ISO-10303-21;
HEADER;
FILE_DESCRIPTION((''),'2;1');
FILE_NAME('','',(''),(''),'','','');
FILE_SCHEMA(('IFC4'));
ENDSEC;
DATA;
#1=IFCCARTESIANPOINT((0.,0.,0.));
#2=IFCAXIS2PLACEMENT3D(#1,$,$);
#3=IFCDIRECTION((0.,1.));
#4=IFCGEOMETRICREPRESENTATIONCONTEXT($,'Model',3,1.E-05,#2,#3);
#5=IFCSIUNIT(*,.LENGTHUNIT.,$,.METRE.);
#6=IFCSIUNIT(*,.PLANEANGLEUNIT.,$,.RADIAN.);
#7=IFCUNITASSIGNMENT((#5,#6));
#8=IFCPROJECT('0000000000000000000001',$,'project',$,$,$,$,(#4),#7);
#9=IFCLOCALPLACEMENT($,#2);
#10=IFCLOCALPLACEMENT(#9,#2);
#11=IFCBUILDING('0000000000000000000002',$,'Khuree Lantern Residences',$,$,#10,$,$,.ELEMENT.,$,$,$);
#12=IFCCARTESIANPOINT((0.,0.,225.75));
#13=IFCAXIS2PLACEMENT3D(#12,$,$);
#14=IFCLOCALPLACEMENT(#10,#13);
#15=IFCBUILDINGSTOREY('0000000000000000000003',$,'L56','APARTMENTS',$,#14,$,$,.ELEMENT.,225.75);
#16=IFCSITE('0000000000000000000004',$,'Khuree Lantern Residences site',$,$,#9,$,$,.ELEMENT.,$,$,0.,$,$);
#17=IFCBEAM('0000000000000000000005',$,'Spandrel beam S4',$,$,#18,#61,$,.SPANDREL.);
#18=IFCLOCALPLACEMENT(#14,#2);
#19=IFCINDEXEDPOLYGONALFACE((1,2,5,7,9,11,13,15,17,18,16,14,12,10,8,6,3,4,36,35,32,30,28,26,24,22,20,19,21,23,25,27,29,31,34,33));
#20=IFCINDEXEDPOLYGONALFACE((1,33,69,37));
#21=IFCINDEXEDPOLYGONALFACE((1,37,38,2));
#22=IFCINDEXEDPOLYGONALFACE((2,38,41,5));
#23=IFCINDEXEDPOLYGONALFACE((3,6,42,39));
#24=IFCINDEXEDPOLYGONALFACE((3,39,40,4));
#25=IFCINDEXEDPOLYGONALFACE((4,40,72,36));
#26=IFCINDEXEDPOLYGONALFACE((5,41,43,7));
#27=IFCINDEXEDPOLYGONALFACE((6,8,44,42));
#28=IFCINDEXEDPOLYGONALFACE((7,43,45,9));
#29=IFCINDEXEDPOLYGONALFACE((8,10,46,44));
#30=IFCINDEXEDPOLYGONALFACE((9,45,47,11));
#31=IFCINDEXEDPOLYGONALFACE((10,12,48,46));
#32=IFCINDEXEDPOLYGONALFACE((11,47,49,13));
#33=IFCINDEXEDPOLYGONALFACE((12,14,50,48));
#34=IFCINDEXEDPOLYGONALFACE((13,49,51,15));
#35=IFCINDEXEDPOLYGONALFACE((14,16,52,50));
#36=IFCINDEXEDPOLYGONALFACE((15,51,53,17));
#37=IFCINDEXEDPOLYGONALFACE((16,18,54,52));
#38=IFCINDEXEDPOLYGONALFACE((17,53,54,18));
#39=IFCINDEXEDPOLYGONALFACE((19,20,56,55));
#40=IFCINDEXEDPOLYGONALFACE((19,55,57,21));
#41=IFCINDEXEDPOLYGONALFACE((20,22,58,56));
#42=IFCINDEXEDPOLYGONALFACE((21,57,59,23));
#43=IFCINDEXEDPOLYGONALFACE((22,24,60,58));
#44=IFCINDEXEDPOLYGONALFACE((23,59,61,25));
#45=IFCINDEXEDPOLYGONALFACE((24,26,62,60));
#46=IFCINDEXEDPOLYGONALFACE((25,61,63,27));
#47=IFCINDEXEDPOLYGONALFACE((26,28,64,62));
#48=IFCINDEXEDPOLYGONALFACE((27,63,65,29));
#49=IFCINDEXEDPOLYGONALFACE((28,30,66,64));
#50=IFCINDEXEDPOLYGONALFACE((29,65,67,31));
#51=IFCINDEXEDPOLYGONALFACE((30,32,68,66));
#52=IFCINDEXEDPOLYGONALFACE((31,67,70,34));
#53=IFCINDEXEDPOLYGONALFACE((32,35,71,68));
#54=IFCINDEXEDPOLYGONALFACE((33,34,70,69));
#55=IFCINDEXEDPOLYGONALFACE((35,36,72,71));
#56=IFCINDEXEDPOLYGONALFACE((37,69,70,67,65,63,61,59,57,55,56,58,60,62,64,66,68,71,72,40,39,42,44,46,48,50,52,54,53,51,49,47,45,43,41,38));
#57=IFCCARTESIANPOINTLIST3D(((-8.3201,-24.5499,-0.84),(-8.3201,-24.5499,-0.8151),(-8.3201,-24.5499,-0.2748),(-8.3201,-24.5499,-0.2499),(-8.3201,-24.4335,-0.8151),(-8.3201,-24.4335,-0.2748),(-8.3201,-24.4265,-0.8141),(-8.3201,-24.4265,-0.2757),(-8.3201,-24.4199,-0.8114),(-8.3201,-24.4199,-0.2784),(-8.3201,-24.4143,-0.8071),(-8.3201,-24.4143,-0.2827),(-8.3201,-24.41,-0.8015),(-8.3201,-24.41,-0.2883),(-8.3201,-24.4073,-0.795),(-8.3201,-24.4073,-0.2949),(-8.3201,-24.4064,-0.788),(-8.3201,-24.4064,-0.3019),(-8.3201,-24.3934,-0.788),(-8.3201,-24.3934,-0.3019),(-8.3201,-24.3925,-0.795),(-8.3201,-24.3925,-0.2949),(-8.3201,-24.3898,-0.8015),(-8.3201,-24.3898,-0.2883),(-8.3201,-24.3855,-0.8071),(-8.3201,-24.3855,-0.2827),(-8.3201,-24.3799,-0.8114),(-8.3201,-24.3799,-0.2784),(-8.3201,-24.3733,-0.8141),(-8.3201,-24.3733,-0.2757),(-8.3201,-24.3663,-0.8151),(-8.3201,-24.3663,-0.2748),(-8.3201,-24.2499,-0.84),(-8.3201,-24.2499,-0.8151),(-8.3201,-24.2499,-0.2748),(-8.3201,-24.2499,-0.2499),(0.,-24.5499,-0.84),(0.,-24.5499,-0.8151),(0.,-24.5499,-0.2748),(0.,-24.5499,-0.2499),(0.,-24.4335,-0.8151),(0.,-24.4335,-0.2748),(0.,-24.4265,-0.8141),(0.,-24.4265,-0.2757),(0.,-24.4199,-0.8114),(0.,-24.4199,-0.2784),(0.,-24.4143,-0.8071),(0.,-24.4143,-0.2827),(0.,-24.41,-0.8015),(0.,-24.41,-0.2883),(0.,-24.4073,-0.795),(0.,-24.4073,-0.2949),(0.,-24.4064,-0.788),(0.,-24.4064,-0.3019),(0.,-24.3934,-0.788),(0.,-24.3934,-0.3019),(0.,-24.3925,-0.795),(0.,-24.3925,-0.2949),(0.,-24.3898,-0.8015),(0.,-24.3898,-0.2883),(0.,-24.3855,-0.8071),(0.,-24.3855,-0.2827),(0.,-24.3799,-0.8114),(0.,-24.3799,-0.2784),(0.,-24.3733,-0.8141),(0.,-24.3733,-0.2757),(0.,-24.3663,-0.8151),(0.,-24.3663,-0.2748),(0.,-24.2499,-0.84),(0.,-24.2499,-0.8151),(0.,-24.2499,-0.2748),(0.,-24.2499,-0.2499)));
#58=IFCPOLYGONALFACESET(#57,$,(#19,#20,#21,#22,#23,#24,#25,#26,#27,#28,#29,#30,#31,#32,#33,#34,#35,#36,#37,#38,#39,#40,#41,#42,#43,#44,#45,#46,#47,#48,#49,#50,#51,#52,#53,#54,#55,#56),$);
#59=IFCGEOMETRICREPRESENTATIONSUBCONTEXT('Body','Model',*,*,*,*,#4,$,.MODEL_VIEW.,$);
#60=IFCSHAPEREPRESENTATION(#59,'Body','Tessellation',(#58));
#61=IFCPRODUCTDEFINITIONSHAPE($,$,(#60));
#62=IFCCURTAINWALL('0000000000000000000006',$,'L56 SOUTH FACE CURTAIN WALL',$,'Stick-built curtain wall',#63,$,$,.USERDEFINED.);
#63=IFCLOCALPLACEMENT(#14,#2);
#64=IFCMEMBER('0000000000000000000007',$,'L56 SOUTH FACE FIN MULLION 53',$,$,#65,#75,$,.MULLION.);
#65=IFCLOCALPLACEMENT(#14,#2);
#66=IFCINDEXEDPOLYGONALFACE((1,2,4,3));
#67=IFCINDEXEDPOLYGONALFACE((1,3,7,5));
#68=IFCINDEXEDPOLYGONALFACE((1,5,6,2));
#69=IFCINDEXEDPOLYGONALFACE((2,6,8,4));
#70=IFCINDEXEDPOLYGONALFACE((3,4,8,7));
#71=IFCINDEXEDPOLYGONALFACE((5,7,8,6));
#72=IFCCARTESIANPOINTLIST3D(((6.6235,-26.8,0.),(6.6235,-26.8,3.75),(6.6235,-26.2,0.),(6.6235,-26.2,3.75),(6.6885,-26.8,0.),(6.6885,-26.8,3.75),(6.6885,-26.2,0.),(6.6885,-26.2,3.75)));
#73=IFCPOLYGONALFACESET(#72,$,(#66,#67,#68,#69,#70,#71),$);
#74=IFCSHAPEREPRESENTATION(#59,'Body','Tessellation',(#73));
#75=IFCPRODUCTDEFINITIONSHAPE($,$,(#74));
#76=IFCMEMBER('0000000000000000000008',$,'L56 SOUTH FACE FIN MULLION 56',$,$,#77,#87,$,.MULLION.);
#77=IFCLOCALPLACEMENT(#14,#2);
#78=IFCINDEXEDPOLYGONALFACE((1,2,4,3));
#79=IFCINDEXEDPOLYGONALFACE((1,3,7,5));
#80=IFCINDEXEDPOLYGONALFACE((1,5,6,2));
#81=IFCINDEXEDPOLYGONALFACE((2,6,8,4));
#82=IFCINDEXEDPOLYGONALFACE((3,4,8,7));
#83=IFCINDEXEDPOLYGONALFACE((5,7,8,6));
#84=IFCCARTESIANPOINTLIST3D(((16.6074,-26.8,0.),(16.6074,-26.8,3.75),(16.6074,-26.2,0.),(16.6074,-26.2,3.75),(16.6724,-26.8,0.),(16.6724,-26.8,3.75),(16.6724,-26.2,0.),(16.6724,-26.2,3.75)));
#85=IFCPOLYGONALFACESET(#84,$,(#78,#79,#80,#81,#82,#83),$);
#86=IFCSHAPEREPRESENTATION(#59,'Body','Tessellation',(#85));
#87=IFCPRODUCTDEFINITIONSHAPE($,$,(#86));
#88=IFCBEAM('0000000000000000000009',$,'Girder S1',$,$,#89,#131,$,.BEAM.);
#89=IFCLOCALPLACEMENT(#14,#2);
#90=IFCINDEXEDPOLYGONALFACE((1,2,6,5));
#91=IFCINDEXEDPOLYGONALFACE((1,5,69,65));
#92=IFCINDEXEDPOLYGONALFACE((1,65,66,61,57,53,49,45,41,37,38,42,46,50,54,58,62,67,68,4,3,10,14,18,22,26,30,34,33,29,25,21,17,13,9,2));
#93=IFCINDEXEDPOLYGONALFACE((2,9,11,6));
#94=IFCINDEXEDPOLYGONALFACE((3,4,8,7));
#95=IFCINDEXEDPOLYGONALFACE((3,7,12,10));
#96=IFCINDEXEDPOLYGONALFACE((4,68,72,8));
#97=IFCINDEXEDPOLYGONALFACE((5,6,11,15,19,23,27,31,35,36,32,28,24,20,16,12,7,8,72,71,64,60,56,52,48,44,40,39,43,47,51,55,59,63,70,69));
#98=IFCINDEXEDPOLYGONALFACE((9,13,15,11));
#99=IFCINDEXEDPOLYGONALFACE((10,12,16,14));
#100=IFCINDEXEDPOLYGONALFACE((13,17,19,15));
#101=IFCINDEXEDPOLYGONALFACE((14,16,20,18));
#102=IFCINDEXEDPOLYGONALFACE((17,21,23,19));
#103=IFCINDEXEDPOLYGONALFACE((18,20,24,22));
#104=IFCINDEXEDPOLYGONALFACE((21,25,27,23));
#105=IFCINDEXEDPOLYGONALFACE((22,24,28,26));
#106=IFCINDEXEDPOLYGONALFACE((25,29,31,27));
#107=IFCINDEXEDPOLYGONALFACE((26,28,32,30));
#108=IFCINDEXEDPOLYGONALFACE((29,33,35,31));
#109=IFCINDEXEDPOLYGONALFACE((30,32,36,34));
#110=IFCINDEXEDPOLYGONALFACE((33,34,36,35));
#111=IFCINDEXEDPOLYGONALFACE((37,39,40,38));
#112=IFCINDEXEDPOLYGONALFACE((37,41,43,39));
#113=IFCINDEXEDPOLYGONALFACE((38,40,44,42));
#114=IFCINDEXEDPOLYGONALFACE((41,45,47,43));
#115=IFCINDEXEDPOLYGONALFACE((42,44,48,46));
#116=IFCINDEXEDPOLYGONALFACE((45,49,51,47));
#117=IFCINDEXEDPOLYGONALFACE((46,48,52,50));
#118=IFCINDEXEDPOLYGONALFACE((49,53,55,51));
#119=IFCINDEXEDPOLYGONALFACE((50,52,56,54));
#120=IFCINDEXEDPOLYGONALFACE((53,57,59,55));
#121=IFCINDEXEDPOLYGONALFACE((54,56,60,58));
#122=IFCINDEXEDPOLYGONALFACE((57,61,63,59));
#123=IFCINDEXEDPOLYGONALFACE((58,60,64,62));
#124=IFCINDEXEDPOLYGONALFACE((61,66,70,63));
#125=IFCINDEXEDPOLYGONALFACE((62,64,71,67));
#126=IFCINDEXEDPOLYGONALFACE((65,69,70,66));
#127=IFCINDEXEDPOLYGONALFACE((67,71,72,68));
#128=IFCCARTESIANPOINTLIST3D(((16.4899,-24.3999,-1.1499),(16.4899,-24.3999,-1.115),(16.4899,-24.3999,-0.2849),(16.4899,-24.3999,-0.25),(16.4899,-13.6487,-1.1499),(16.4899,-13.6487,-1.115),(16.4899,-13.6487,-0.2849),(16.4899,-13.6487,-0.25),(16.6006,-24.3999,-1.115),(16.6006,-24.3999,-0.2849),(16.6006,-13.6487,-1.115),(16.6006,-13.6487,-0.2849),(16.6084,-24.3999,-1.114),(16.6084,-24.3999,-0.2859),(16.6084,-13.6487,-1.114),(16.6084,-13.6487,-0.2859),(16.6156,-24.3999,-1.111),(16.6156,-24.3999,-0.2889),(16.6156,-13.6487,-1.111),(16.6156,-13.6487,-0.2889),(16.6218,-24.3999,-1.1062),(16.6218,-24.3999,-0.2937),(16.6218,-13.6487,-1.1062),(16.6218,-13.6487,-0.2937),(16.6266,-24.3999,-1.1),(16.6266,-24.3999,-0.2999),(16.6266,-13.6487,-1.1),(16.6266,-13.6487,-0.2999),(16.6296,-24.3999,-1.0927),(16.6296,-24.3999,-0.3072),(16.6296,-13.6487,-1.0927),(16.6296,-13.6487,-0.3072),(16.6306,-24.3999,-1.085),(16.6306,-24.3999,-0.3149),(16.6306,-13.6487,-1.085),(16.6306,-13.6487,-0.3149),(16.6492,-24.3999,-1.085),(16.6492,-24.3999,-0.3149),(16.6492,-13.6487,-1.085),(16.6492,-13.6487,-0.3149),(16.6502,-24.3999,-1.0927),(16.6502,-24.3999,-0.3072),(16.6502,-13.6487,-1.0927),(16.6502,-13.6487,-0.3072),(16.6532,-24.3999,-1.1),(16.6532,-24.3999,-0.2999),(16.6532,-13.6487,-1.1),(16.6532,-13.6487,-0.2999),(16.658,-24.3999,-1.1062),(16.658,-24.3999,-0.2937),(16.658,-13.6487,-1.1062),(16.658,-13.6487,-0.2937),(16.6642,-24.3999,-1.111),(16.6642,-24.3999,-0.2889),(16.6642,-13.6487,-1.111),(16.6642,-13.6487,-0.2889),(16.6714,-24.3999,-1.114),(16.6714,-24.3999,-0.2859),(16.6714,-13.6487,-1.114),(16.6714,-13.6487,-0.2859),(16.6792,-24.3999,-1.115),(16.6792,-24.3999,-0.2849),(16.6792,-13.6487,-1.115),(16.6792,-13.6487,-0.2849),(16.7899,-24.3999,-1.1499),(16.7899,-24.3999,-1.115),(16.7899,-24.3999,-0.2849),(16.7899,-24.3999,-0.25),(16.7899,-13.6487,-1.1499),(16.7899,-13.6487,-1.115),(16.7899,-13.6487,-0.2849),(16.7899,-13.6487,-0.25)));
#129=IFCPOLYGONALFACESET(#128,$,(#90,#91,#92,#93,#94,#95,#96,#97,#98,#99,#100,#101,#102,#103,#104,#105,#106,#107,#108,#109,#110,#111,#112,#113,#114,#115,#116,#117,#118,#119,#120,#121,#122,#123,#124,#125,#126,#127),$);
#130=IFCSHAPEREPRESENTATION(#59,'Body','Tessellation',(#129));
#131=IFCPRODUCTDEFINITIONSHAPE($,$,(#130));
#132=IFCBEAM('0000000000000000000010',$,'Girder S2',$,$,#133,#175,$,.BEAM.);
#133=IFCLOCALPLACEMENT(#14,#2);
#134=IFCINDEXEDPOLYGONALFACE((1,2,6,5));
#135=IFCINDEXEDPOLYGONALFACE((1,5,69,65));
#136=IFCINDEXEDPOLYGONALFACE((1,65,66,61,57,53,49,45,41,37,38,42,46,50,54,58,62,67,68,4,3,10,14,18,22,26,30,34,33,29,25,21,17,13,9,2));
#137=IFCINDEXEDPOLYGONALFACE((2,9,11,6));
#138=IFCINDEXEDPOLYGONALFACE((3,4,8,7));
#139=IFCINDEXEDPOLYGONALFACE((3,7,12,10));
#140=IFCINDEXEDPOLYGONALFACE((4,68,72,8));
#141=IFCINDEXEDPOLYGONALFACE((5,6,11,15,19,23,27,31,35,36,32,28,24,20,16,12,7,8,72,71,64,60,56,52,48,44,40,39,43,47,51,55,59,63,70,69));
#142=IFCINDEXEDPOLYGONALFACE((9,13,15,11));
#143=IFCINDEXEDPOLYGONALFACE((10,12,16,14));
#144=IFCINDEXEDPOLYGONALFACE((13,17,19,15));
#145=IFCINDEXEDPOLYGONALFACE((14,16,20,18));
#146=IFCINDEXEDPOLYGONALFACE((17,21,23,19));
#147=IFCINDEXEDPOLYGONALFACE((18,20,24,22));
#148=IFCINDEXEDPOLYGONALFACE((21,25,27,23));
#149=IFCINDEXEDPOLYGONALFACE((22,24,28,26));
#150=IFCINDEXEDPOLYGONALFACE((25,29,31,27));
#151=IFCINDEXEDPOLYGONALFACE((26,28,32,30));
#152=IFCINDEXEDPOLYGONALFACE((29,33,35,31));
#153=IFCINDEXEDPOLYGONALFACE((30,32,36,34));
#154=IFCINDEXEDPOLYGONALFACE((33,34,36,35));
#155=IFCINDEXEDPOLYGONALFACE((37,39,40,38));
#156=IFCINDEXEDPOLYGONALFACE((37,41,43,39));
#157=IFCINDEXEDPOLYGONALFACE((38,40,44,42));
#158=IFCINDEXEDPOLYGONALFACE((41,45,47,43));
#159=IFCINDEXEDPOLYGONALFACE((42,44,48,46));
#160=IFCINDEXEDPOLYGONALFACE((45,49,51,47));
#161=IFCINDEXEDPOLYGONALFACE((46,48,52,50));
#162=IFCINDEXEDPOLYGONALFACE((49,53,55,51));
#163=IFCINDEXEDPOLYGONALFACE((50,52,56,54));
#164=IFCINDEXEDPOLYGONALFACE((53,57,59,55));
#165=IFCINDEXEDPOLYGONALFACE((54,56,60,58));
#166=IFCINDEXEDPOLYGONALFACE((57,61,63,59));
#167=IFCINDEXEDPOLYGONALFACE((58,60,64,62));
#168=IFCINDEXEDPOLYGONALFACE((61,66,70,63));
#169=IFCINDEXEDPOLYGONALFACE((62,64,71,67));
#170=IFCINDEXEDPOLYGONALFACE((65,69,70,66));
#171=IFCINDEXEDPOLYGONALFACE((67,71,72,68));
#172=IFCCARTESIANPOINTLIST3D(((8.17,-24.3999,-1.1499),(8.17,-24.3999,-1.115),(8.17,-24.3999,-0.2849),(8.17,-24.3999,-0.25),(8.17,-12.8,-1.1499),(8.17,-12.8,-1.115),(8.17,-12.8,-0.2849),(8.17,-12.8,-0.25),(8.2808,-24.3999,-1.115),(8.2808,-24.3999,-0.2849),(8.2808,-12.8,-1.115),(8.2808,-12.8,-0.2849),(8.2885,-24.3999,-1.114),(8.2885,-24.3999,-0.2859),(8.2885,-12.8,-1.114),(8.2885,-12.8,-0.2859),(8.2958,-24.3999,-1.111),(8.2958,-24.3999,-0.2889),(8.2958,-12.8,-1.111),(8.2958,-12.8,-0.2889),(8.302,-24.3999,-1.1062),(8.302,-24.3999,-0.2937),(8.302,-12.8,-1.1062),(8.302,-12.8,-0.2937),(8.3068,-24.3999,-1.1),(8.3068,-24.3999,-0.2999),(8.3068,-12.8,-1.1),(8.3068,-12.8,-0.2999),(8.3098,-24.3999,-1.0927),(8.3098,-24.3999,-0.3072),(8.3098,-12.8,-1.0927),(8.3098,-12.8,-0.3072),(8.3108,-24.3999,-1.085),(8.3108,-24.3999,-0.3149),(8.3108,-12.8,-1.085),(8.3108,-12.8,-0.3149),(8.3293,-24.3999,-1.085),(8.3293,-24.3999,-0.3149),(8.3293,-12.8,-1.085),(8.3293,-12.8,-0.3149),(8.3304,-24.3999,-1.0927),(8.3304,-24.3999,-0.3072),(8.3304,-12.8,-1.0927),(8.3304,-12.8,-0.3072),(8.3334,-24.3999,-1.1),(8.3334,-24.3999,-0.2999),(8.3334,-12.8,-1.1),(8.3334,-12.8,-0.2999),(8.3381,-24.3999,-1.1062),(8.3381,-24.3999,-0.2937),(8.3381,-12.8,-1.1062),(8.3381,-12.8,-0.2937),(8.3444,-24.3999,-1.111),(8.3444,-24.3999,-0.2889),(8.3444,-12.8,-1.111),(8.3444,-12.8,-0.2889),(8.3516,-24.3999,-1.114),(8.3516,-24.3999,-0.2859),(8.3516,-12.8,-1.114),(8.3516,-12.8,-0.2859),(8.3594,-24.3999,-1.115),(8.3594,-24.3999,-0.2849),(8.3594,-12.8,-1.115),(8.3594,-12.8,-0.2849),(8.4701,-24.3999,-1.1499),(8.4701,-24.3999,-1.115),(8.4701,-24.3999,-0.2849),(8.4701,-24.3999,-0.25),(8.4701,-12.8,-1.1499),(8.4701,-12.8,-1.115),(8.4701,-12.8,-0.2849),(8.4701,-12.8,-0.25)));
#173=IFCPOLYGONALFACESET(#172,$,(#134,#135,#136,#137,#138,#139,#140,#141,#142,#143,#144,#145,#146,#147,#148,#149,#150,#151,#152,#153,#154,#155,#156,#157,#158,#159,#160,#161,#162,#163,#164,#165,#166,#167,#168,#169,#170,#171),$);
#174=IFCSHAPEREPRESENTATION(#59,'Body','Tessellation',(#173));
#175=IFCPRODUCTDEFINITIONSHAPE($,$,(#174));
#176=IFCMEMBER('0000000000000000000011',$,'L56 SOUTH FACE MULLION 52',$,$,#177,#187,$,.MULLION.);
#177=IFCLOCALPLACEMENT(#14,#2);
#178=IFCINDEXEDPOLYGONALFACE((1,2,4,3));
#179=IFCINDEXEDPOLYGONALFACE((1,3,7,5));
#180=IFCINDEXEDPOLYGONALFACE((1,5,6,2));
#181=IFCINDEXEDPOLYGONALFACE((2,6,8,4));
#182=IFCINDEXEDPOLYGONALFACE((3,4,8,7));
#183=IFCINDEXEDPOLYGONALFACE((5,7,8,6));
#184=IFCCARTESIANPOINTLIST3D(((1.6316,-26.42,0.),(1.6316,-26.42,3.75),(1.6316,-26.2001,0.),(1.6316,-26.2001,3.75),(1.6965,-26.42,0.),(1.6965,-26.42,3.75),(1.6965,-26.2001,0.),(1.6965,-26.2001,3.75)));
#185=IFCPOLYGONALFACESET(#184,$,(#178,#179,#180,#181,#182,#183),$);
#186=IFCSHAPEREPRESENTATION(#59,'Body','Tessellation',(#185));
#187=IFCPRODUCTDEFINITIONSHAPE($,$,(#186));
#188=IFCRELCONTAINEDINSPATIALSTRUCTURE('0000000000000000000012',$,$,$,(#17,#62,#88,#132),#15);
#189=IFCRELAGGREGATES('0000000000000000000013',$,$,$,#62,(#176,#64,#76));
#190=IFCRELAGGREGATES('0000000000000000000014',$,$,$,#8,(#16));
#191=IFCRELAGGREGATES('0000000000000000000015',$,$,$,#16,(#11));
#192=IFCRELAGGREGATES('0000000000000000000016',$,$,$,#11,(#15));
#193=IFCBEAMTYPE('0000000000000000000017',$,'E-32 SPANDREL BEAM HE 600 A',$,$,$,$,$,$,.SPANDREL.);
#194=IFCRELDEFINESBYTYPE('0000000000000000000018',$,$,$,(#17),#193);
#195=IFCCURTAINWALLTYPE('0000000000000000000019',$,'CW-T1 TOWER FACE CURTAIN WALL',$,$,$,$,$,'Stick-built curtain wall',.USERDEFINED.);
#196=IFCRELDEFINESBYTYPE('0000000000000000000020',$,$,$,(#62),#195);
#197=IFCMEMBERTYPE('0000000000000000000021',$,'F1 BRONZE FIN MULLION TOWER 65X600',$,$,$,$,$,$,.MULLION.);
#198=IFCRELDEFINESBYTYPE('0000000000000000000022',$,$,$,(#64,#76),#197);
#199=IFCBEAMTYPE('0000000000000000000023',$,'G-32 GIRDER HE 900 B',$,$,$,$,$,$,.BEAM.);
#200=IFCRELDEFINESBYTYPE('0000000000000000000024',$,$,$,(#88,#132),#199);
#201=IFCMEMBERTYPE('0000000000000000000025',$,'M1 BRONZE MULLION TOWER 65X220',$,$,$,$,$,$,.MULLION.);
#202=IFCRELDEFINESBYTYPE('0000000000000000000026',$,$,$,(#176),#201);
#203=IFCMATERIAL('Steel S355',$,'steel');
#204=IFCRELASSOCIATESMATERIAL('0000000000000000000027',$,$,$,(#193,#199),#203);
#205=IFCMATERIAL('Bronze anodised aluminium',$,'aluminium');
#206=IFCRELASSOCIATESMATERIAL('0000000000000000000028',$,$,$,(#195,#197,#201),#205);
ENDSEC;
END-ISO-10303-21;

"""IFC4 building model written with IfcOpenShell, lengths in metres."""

from ifc_helpers import new_model, si_unit, direction, frame, origin, origin_2d, place, context, subcontext, project, spatial, rectangle, i_section, extrude, material, material_profile, profile_set, type_object, element, aggregate, save


model = new_model("IFC4")

# Units and contexts
model_context = context("Model", 3, precision=1e-05, world=origin(), true_north=direction((0.0, 1.0)))
body_context = subcontext(model_context, "Body", "Model", "MODEL_VIEW")
ifc_project = project(units=[si_unit("LENGTHUNIT", "METRE"), si_unit("PLANEANGLEUNIT", "RADIAN")], contexts=[model_context])

# Site, building, storey
site_placement = place(None, origin())
site = spatial("IfcSite", under=ifc_project, at=site_placement, Name="Khuree Lantern Residences site", CompositionType="ELEMENT", RefElevation=0.0)
building_placement = place(site_placement, origin())
building = spatial("IfcBuilding", under=site, at=building_placement, Name="Khuree Lantern Residences", CompositionType="ELEMENT")
storey_placement = place(building_placement, frame((0.0, 0.0, 225.75)))
storey = spatial("IfcBuildingStorey", under=building, at=storey_placement, Name="L56", Description="APARTMENTS", CompositionType="ELEMENT", Elevation=225.75)

# Beam
ifc_material_1 = material(Name="Steel S355", Category="steel")
ifc_material_profile_1 = material_profile(ifc_material_1, i_section(OverallWidth=0.3, OverallDepth=0.5901, WebThickness=0.0129, FlangeThickness=0.0249, FilletRadius=0.0271, at=origin_2d()), Name="HE 600 A")
ifc_profile_set_1 = profile_set([ifc_material_profile_1], Name="Steel S355")
beam_type_1 = type_object("IfcBeamType", Name="E-32 SPANDREL BEAM HE 600 A", PredefinedType="SPANDREL", material=ifc_profile_set_1)
for number, where, z_axis, x_axis, name in (
    (1, (0.0, -24.3999, -0.5449), (-1.0, 0.0, 0.0), (0.0, -1.0, 0.0), "Spandrel beam S4"),
):
    element("IfcBeam", number, at=place(storey_placement, frame(where, z_axis=z_axis, x_axis=x_axis)), inside=storey, type_object=beam_type_1, Name=name, PredefinedType="SPANDREL", context=body_context, shape_type="SweptSolid", body=[
        extrude(i_section(OverallWidth=0.3, OverallDepth=0.5901, WebThickness=0.0129, FlangeThickness=0.0249, FilletRadius=0.0271, at=origin_2d()), origin(), (0.0, 0.0, 1.0), 8.3201),
    ])

# Curtain wall, members
ifc_material_2 = material(Name="Bronze anodised aluminium", Category="aluminium")
curtain_wall_type = type_object("IfcCurtainWallType", Name="CW-T1 TOWER FACE CURTAIN WALL", ElementType="Stick-built curtain wall", PredefinedType="USERDEFINED", material=ifc_material_2)
curtain_wall_placement = place(storey_placement, origin())
curtain_wall = element("IfcCurtainWall", 2, at=curtain_wall_placement, inside=storey, type_object=curtain_wall_type, Name="L56 SOUTH FACE CURTAIN WALL", ObjectType="Stick-built curtain wall", PredefinedType="USERDEFINED")
ifc_material_profile_2 = material_profile(ifc_material_2, rectangle(XDim=0.0649, YDim=0.6001, at=origin_2d()), Name="F1 65X600")
ifc_profile_set_2 = profile_set([ifc_material_profile_2], Name="Bronze anodised aluminium")
member_type_1 = type_object("IfcMemberType", Name="F1 BRONZE FIN MULLION TOWER 65X600", PredefinedType="MULLION", material=ifc_profile_set_2)
member_1_placement = place(storey_placement, frame((6.656, -26.5, 0.0), z_axis=(0.0, 0.0, 1.0), x_axis=(1.0, 0.0, 0.0)))
member_1 = element("IfcMember", 3, at=member_1_placement, type_object=member_type_1, Name="L56 SOUTH FACE FIN MULLION 53", PredefinedType="MULLION", context=body_context, shape_type="SweptSolid", body=[
    extrude(rectangle(XDim=0.0649, YDim=0.6001, at=origin_2d()), origin(), (0.0, 0.0, 1.0), 3.75),
])
member_2_placement = place(storey_placement, frame((16.6399, -26.5, 0.0), z_axis=(0.0, 0.0, 1.0), x_axis=(1.0, 0.0, 0.0)))
member_2 = element("IfcMember", 4, at=member_2_placement, type_object=member_type_1, Name="L56 SOUTH FACE FIN MULLION 56", PredefinedType="MULLION", context=body_context, shape_type="SweptSolid", body=[
    extrude(rectangle(XDim=0.0649, YDim=0.6001, at=origin_2d()), origin(), (0.0, 0.0, 1.0), 3.75),
])

# Beams
ifc_material_profile_3 = material_profile(ifc_material_1, i_section(OverallWidth=0.3, OverallDepth=0.8999, WebThickness=0.0186, FlangeThickness=0.0349, FilletRadius=0.03, at=origin_2d()), Name="HE 900 B")
ifc_profile_set_3 = profile_set([ifc_material_profile_3], Name="Steel S355")
beam_type_2 = type_object("IfcBeamType", Name="G-32 GIRDER HE 900 B", PredefinedType="BEAM", material=ifc_profile_set_3)
beam_1_placement = place(storey_placement, frame((16.6399, -24.3999, -0.7), z_axis=(0.0, 1.0, 0.0), x_axis=(-1.0, 0.0, 0.0)))
element("IfcBeam", 5, at=beam_1_placement, inside=storey, type_object=beam_type_2, Name="Girder S1", PredefinedType="BEAM", context=body_context, shape_type="SweptSolid", body=[
    extrude(i_section(OverallWidth=0.3, OverallDepth=0.8999, WebThickness=0.0186, FlangeThickness=0.0349, FilletRadius=0.03, at=origin_2d()), origin(), (0.0, 0.0, 1.0), 10.7512),
])
beam_2_placement = place(storey_placement, frame((8.3201, -24.3999, -0.7), z_axis=(0.0, 1.0, 0.0), x_axis=(-1.0, 0.0, 0.0)))
element("IfcBeam", 6, at=beam_2_placement, inside=storey, type_object=beam_type_2, Name="Girder S2", PredefinedType="BEAM", context=body_context, shape_type="SweptSolid", body=[
    extrude(i_section(OverallWidth=0.3, OverallDepth=0.8999, WebThickness=0.0186, FlangeThickness=0.0349, FilletRadius=0.03, at=origin_2d()), origin(), (0.0, 0.0, 1.0), 11.5999),
])

# Member
ifc_material_profile_4 = material_profile(ifc_material_2, rectangle(XDim=0.0649, YDim=0.22, at=origin_2d()), Name="M1 65X220")
ifc_profile_set_4 = profile_set([ifc_material_profile_4], Name="Bronze anodised aluminium")
member_type_2 = type_object("IfcMemberType", Name="M1 BRONZE MULLION TOWER 65X220", PredefinedType="MULLION", material=ifc_profile_set_4)
member_3_placement = place(storey_placement, frame((1.6641, -26.3101, 0.0), z_axis=(0.0, 0.0, 1.0), x_axis=(1.0, 0.0, 0.0)))
member_3 = element("IfcMember", 7, at=member_3_placement, type_object=member_type_2, Name="L56 SOUTH FACE MULLION 52", PredefinedType="MULLION", context=body_context, shape_type="SweptSolid", body=[
    extrude(rectangle(XDim=0.0649, YDim=0.22, at=origin_2d()), origin(), (0.0, 0.0, 1.0), 3.75),
])

aggregate(curtain_wall, [member_3, member_1, member_2])

save(model, "model.ifc")
